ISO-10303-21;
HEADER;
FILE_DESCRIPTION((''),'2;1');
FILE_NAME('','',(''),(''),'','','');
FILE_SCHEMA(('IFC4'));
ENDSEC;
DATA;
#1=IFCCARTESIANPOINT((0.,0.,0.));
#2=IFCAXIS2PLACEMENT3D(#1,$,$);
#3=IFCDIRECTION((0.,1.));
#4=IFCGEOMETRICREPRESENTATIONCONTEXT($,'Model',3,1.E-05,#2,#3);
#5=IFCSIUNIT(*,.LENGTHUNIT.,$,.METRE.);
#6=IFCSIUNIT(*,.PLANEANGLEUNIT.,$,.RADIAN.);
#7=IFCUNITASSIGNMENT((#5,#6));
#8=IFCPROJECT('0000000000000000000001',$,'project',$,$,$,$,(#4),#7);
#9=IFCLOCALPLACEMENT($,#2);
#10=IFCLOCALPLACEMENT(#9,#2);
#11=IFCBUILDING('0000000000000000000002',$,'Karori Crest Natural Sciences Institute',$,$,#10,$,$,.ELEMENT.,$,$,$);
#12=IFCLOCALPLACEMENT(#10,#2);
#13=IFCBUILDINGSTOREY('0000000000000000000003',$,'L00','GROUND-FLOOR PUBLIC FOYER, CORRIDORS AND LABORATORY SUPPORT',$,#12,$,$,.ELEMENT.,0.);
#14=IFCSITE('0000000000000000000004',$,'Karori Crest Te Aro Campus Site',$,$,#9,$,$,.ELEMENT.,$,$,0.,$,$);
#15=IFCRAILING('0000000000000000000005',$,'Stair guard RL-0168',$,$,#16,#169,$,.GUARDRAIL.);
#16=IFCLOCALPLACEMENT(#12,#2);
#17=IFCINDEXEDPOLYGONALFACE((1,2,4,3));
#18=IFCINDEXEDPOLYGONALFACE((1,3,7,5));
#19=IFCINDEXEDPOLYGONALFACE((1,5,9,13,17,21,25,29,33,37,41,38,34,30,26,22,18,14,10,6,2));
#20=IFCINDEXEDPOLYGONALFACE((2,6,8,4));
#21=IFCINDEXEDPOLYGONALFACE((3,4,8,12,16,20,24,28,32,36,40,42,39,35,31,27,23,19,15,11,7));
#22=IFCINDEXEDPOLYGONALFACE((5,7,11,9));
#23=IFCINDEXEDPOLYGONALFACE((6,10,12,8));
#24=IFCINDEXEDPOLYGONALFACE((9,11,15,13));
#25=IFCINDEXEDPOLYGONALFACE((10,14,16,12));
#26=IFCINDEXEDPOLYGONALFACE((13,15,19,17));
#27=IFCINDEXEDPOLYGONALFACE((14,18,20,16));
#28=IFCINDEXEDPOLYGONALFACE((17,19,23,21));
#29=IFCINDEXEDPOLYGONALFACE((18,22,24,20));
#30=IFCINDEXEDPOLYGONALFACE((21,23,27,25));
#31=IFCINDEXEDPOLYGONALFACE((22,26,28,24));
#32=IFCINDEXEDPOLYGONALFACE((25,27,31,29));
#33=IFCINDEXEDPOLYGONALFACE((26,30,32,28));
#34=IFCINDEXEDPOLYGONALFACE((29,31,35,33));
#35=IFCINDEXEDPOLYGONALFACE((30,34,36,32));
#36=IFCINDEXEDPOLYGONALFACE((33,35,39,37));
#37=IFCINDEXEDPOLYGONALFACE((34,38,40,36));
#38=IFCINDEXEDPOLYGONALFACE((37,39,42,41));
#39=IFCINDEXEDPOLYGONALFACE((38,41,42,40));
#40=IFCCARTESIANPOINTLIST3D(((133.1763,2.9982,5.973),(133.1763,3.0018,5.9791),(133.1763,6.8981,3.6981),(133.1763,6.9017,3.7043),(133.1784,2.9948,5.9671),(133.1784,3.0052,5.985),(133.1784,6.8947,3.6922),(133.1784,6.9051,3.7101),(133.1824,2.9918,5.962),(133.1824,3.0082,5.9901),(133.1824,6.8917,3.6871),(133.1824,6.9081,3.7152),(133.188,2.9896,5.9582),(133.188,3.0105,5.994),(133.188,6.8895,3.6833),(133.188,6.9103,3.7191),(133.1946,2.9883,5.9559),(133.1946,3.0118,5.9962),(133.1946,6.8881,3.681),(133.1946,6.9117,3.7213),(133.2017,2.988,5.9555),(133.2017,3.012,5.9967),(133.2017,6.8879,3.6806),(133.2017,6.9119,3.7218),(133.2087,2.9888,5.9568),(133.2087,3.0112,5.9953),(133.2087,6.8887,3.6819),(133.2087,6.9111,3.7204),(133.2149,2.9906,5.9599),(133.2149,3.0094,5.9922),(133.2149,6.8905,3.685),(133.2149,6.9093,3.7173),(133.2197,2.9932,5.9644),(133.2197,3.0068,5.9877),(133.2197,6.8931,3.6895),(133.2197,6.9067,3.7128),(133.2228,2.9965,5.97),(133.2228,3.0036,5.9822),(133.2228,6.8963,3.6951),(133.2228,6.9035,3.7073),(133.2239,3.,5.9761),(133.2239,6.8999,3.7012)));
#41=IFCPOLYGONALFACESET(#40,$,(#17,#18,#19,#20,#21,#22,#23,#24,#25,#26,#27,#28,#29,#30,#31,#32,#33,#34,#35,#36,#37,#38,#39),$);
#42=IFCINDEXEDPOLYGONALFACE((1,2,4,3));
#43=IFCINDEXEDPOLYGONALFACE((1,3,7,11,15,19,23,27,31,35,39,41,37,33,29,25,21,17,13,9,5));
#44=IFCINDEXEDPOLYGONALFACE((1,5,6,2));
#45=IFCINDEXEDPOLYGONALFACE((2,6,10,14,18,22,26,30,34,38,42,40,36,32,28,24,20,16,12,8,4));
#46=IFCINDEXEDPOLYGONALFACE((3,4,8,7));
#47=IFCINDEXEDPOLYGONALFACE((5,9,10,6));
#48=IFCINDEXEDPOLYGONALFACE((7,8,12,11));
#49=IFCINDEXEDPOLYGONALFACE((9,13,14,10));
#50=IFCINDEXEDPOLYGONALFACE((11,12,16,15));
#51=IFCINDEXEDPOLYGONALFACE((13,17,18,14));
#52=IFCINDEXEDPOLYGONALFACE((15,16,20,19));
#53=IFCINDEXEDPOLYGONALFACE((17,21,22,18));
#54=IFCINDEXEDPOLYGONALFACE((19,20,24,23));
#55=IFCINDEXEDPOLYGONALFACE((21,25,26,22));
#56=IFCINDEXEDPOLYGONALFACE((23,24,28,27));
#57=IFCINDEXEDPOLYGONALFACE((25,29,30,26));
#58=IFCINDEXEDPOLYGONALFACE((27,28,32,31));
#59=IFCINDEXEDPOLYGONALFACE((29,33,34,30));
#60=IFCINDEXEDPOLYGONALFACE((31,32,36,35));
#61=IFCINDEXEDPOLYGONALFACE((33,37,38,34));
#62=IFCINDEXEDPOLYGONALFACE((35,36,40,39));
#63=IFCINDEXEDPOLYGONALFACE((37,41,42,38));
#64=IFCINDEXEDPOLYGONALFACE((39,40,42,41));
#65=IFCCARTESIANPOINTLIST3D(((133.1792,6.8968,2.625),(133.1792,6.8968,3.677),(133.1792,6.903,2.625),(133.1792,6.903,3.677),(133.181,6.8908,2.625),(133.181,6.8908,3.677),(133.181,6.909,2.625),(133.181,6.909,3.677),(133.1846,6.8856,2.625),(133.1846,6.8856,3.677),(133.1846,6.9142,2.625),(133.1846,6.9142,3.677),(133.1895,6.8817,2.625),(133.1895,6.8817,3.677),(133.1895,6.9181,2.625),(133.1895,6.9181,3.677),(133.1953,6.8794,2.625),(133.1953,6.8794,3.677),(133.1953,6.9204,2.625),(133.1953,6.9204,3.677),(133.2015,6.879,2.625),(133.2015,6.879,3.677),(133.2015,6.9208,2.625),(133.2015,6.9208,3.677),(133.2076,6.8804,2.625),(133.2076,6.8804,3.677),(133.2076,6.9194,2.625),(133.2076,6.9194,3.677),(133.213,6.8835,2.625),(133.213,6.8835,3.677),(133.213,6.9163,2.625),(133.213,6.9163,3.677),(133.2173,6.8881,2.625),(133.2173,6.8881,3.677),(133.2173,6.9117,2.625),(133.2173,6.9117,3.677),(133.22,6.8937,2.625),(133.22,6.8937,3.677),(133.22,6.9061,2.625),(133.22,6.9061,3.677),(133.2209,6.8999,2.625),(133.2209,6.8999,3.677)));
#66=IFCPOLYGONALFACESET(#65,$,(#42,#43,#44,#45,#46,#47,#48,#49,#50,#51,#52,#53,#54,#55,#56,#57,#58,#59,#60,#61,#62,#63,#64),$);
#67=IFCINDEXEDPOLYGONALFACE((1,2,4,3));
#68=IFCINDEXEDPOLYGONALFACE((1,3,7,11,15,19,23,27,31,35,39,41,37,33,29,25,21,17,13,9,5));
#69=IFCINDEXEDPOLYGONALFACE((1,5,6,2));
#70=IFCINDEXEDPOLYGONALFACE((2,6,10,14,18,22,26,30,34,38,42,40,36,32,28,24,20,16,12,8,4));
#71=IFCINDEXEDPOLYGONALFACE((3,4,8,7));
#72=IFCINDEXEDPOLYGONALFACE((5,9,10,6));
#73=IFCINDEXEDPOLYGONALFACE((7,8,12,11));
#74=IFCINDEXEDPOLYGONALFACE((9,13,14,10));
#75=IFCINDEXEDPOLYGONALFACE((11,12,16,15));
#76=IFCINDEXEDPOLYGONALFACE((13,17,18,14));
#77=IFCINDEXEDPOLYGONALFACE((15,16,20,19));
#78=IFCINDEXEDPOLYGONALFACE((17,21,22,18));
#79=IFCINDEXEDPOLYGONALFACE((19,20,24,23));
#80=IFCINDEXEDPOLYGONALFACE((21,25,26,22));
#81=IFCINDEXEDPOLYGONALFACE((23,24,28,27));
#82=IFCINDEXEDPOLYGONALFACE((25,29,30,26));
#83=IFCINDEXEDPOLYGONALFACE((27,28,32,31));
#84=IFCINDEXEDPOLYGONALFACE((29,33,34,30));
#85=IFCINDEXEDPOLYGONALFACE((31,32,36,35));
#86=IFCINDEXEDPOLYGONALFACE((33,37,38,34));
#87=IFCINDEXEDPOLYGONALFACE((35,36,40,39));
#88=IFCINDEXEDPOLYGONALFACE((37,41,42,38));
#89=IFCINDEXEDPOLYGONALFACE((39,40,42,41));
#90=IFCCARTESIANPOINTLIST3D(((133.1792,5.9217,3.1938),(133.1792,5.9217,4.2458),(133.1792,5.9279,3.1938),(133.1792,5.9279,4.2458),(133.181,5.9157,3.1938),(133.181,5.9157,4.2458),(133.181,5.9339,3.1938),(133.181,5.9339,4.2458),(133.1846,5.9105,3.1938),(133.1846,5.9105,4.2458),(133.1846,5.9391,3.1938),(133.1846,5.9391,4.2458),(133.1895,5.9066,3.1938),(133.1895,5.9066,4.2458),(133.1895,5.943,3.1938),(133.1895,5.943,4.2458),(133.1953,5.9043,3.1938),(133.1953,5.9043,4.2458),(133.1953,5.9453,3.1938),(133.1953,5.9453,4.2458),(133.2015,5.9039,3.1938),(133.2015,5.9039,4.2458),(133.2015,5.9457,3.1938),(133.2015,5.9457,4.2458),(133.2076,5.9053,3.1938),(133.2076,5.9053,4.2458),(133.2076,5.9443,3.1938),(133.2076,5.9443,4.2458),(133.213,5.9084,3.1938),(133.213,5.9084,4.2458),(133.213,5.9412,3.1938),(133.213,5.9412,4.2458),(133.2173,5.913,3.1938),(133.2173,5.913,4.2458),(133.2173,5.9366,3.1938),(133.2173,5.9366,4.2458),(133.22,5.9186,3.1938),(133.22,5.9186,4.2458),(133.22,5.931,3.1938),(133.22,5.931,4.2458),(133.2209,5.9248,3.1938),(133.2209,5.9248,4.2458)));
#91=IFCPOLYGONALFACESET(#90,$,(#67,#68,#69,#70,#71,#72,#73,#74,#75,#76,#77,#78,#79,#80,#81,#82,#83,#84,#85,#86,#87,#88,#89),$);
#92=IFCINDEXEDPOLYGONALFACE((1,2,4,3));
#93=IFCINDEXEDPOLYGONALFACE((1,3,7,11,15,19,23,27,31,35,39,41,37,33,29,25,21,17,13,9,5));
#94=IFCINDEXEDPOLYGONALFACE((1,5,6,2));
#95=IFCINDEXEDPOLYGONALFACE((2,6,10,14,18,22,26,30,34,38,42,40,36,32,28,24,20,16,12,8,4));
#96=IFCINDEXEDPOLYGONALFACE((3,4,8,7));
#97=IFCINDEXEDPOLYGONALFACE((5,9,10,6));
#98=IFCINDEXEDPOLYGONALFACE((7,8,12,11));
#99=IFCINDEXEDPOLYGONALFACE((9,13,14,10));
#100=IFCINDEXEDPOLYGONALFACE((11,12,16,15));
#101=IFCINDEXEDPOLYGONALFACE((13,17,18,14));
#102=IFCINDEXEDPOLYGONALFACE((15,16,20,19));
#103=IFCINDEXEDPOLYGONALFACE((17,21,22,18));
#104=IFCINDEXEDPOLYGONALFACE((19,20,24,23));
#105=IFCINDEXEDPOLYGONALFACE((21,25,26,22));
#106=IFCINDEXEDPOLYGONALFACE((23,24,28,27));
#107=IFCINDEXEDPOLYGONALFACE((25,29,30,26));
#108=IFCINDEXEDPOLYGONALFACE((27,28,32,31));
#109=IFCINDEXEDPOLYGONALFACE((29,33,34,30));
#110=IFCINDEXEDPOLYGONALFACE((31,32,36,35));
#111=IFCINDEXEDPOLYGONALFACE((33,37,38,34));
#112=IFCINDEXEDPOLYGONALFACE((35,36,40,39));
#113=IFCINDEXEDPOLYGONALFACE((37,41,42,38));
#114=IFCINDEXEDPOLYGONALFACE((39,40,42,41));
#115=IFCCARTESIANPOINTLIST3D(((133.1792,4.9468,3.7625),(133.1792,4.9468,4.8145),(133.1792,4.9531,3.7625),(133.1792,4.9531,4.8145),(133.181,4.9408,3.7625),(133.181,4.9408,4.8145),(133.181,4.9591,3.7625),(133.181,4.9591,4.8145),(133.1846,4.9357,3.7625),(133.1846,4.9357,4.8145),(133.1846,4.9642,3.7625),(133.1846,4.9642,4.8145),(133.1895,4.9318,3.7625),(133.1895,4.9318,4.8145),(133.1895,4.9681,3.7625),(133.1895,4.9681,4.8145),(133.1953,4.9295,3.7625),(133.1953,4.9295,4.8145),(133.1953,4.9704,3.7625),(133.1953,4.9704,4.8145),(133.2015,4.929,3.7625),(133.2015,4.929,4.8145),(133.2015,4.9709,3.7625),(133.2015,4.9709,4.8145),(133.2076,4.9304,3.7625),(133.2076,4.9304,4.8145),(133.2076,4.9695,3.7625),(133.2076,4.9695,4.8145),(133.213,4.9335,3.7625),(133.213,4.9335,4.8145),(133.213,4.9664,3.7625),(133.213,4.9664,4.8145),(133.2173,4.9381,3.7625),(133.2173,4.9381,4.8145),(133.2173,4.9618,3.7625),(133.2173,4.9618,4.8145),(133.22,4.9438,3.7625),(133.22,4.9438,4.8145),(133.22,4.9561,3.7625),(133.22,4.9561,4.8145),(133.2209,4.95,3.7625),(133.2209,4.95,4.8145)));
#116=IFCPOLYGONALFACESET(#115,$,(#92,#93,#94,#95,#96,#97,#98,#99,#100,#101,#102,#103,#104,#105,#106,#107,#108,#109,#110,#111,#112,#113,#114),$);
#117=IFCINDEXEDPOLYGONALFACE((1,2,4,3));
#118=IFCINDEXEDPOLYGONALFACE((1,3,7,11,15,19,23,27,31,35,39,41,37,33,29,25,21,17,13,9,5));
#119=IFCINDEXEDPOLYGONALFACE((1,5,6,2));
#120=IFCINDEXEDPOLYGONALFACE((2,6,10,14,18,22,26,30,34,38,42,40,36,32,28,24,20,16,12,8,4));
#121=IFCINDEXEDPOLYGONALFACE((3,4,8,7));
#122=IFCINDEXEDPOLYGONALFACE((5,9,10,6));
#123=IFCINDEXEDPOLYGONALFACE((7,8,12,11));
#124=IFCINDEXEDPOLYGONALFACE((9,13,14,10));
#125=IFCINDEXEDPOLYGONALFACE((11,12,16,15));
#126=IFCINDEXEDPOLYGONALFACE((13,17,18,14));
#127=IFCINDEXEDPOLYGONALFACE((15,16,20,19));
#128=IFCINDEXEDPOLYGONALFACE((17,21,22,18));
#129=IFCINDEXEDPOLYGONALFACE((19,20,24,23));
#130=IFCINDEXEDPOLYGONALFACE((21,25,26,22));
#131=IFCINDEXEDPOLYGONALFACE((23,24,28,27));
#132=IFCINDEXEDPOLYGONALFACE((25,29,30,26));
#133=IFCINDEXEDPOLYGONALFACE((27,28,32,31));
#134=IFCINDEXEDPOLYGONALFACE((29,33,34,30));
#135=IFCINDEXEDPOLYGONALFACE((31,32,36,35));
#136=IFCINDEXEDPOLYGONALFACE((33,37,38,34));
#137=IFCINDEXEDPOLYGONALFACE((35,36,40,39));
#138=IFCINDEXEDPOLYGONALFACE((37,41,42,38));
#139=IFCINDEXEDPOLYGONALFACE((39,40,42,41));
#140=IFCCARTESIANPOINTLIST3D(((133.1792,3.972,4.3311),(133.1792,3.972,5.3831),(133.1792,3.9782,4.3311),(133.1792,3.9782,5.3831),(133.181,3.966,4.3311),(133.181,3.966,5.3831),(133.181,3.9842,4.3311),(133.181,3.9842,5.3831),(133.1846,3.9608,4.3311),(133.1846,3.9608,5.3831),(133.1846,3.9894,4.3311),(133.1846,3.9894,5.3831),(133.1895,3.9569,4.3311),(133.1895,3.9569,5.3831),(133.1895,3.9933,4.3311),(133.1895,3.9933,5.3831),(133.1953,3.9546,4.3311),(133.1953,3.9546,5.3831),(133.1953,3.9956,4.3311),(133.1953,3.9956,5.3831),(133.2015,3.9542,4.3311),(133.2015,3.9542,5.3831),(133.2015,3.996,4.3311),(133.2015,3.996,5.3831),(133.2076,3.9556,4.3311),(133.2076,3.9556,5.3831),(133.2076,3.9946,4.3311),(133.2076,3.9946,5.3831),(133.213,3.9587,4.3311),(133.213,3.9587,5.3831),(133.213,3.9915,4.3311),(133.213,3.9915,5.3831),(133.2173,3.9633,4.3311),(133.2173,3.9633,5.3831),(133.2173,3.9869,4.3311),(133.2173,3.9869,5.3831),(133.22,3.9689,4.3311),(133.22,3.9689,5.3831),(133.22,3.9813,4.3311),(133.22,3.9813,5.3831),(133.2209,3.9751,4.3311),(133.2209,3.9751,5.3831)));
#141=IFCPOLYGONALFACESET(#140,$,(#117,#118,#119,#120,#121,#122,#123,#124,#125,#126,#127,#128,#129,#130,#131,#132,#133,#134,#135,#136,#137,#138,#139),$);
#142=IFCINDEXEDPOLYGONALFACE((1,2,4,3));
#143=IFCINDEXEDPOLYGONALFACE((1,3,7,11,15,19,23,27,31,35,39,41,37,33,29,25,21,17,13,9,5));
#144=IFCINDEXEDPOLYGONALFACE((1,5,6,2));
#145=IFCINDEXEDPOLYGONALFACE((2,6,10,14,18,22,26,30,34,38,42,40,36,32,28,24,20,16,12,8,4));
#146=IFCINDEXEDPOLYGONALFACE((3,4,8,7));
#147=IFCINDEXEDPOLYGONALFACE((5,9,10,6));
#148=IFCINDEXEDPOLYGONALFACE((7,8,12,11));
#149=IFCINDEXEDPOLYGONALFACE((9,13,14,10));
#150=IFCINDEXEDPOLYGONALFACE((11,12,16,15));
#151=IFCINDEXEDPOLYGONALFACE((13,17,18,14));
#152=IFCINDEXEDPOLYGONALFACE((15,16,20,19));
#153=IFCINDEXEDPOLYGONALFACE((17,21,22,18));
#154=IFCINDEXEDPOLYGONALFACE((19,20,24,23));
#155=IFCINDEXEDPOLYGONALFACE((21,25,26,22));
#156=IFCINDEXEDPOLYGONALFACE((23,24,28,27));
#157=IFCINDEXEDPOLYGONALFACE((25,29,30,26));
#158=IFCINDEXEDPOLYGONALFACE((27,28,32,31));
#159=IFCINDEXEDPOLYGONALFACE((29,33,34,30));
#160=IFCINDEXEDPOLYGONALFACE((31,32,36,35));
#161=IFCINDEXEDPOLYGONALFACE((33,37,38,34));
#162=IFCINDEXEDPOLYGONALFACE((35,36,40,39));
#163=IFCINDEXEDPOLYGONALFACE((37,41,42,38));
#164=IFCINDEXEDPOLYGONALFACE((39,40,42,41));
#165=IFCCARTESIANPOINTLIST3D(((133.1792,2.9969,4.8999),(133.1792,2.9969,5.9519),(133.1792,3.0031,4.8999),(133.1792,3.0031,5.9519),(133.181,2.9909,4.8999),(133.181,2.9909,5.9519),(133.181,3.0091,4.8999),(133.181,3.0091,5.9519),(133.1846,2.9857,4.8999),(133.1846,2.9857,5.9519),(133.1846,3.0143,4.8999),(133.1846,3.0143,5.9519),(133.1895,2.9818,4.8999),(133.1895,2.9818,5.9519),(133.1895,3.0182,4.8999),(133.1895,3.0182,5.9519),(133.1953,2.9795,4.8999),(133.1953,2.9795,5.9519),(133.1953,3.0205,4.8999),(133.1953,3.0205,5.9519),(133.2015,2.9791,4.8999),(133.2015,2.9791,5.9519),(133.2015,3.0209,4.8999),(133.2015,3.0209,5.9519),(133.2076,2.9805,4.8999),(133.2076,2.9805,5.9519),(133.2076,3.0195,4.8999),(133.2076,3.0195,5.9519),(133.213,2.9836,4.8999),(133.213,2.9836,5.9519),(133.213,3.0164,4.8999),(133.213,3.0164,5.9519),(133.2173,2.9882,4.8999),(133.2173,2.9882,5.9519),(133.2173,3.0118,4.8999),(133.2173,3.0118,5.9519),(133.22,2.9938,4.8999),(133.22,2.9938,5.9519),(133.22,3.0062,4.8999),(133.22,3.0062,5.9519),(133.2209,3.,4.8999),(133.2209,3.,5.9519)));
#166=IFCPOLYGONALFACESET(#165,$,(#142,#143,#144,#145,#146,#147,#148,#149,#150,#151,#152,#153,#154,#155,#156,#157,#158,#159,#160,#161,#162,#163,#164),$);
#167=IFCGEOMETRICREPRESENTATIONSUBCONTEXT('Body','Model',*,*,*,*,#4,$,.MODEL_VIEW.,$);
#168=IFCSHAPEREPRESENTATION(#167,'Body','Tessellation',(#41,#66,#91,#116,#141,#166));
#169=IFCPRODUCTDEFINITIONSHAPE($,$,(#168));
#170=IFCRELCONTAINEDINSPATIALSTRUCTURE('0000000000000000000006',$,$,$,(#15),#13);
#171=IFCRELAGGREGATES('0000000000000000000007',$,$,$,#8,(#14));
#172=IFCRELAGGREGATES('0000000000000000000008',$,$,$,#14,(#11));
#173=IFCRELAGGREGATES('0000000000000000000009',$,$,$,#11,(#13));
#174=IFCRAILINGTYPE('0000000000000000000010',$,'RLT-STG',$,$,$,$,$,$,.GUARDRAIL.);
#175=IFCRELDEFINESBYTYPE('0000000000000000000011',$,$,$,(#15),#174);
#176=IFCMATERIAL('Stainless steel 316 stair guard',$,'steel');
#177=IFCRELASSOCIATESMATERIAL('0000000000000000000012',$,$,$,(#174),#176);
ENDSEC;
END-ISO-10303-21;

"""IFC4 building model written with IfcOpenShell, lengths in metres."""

from ifc_helpers import new_model, si_unit, direction, frame, origin, origin_2d, place, context, subcontext, project, spatial, circle, extrude, material, type_object, element, save


model = new_model("IFC4")

# Units and contexts
model_context = context("Model", 3, precision=1e-05, world=origin(), true_north=direction((0.0, 1.0)))
body_context = subcontext(model_context, "Body", "Model", "MODEL_VIEW")
ifc_project = project(units=[si_unit("LENGTHUNIT", "METRE"), si_unit("PLANEANGLEUNIT", "RADIAN")], contexts=[model_context])

# Site, building, storey
site_placement = place(None, origin())
site = spatial("IfcSite", under=ifc_project, at=site_placement, Name="Karori Crest Te Aro Campus Site", CompositionType="ELEMENT", RefElevation=0.0)
building_placement = place(site_placement, origin())
building = spatial("IfcBuilding", under=site, at=building_placement, Name="Karori Crest Natural Sciences Institute", CompositionType="ELEMENT")
storey_placement = place(building_placement, origin())
storey = spatial("IfcBuildingStorey", under=building, at=storey_placement, Name="L00", Description="GROUND-FLOOR PUBLIC FOYER, CORRIDORS AND LABORATORY SUPPORT", CompositionType="ELEMENT", Elevation=0.0)

# Railing
ifc_material_1 = material(Name="Stainless steel 316 stair guard", Category="steel")
railing_type_1 = type_object("IfcRailingType", Name="RLT-STG", PredefinedType="GUARDRAIL", material=ifc_material_1)
railing_1_placement = place(storey_placement, frame((133.2, 6.8999, 2.625)))
element("IfcRailing", 1, at=railing_1_placement, inside=storey, type_object=railing_type_1, Name="Stair guard RL-0168", PredefinedType="GUARDRAIL", context=body_context, shape_type="SweptSolid", body=[
    extrude(circle(Radius=0.0239, at=origin_2d()), frame((0.0, 0.0, 1.0762), z_axis=(0.0, -0.863783, 0.503864), x_axis=(1.0, 0.0, 0.0)), (0.0, 0.0, 1.0), 4.5149),
    extrude(circle(Radius=0.021, at=origin_2d()), origin(), (0.0, 0.0, 1.0), 1.052),
    extrude(circle(Radius=0.021, at=origin_2d()), frame((0.0, -0.9751, 0.5688)), (0.0, 0.0, 1.0), 1.052),
    extrude(circle(Radius=0.021, at=origin_2d()), frame((0.0, -1.95, 1.1375)), (0.0, 0.0, 1.0), 1.052),
    extrude(circle(Radius=0.021, at=origin_2d()), frame((0.0, -2.9248, 1.7061)), (0.0, 0.0, 1.0), 1.052),
    extrude(circle(Radius=0.021, at=origin_2d()), frame((0.0, -3.8999, 2.2749)), (0.0, 0.0, 1.0), 1.052),
])

save(model, "model.ifc")
